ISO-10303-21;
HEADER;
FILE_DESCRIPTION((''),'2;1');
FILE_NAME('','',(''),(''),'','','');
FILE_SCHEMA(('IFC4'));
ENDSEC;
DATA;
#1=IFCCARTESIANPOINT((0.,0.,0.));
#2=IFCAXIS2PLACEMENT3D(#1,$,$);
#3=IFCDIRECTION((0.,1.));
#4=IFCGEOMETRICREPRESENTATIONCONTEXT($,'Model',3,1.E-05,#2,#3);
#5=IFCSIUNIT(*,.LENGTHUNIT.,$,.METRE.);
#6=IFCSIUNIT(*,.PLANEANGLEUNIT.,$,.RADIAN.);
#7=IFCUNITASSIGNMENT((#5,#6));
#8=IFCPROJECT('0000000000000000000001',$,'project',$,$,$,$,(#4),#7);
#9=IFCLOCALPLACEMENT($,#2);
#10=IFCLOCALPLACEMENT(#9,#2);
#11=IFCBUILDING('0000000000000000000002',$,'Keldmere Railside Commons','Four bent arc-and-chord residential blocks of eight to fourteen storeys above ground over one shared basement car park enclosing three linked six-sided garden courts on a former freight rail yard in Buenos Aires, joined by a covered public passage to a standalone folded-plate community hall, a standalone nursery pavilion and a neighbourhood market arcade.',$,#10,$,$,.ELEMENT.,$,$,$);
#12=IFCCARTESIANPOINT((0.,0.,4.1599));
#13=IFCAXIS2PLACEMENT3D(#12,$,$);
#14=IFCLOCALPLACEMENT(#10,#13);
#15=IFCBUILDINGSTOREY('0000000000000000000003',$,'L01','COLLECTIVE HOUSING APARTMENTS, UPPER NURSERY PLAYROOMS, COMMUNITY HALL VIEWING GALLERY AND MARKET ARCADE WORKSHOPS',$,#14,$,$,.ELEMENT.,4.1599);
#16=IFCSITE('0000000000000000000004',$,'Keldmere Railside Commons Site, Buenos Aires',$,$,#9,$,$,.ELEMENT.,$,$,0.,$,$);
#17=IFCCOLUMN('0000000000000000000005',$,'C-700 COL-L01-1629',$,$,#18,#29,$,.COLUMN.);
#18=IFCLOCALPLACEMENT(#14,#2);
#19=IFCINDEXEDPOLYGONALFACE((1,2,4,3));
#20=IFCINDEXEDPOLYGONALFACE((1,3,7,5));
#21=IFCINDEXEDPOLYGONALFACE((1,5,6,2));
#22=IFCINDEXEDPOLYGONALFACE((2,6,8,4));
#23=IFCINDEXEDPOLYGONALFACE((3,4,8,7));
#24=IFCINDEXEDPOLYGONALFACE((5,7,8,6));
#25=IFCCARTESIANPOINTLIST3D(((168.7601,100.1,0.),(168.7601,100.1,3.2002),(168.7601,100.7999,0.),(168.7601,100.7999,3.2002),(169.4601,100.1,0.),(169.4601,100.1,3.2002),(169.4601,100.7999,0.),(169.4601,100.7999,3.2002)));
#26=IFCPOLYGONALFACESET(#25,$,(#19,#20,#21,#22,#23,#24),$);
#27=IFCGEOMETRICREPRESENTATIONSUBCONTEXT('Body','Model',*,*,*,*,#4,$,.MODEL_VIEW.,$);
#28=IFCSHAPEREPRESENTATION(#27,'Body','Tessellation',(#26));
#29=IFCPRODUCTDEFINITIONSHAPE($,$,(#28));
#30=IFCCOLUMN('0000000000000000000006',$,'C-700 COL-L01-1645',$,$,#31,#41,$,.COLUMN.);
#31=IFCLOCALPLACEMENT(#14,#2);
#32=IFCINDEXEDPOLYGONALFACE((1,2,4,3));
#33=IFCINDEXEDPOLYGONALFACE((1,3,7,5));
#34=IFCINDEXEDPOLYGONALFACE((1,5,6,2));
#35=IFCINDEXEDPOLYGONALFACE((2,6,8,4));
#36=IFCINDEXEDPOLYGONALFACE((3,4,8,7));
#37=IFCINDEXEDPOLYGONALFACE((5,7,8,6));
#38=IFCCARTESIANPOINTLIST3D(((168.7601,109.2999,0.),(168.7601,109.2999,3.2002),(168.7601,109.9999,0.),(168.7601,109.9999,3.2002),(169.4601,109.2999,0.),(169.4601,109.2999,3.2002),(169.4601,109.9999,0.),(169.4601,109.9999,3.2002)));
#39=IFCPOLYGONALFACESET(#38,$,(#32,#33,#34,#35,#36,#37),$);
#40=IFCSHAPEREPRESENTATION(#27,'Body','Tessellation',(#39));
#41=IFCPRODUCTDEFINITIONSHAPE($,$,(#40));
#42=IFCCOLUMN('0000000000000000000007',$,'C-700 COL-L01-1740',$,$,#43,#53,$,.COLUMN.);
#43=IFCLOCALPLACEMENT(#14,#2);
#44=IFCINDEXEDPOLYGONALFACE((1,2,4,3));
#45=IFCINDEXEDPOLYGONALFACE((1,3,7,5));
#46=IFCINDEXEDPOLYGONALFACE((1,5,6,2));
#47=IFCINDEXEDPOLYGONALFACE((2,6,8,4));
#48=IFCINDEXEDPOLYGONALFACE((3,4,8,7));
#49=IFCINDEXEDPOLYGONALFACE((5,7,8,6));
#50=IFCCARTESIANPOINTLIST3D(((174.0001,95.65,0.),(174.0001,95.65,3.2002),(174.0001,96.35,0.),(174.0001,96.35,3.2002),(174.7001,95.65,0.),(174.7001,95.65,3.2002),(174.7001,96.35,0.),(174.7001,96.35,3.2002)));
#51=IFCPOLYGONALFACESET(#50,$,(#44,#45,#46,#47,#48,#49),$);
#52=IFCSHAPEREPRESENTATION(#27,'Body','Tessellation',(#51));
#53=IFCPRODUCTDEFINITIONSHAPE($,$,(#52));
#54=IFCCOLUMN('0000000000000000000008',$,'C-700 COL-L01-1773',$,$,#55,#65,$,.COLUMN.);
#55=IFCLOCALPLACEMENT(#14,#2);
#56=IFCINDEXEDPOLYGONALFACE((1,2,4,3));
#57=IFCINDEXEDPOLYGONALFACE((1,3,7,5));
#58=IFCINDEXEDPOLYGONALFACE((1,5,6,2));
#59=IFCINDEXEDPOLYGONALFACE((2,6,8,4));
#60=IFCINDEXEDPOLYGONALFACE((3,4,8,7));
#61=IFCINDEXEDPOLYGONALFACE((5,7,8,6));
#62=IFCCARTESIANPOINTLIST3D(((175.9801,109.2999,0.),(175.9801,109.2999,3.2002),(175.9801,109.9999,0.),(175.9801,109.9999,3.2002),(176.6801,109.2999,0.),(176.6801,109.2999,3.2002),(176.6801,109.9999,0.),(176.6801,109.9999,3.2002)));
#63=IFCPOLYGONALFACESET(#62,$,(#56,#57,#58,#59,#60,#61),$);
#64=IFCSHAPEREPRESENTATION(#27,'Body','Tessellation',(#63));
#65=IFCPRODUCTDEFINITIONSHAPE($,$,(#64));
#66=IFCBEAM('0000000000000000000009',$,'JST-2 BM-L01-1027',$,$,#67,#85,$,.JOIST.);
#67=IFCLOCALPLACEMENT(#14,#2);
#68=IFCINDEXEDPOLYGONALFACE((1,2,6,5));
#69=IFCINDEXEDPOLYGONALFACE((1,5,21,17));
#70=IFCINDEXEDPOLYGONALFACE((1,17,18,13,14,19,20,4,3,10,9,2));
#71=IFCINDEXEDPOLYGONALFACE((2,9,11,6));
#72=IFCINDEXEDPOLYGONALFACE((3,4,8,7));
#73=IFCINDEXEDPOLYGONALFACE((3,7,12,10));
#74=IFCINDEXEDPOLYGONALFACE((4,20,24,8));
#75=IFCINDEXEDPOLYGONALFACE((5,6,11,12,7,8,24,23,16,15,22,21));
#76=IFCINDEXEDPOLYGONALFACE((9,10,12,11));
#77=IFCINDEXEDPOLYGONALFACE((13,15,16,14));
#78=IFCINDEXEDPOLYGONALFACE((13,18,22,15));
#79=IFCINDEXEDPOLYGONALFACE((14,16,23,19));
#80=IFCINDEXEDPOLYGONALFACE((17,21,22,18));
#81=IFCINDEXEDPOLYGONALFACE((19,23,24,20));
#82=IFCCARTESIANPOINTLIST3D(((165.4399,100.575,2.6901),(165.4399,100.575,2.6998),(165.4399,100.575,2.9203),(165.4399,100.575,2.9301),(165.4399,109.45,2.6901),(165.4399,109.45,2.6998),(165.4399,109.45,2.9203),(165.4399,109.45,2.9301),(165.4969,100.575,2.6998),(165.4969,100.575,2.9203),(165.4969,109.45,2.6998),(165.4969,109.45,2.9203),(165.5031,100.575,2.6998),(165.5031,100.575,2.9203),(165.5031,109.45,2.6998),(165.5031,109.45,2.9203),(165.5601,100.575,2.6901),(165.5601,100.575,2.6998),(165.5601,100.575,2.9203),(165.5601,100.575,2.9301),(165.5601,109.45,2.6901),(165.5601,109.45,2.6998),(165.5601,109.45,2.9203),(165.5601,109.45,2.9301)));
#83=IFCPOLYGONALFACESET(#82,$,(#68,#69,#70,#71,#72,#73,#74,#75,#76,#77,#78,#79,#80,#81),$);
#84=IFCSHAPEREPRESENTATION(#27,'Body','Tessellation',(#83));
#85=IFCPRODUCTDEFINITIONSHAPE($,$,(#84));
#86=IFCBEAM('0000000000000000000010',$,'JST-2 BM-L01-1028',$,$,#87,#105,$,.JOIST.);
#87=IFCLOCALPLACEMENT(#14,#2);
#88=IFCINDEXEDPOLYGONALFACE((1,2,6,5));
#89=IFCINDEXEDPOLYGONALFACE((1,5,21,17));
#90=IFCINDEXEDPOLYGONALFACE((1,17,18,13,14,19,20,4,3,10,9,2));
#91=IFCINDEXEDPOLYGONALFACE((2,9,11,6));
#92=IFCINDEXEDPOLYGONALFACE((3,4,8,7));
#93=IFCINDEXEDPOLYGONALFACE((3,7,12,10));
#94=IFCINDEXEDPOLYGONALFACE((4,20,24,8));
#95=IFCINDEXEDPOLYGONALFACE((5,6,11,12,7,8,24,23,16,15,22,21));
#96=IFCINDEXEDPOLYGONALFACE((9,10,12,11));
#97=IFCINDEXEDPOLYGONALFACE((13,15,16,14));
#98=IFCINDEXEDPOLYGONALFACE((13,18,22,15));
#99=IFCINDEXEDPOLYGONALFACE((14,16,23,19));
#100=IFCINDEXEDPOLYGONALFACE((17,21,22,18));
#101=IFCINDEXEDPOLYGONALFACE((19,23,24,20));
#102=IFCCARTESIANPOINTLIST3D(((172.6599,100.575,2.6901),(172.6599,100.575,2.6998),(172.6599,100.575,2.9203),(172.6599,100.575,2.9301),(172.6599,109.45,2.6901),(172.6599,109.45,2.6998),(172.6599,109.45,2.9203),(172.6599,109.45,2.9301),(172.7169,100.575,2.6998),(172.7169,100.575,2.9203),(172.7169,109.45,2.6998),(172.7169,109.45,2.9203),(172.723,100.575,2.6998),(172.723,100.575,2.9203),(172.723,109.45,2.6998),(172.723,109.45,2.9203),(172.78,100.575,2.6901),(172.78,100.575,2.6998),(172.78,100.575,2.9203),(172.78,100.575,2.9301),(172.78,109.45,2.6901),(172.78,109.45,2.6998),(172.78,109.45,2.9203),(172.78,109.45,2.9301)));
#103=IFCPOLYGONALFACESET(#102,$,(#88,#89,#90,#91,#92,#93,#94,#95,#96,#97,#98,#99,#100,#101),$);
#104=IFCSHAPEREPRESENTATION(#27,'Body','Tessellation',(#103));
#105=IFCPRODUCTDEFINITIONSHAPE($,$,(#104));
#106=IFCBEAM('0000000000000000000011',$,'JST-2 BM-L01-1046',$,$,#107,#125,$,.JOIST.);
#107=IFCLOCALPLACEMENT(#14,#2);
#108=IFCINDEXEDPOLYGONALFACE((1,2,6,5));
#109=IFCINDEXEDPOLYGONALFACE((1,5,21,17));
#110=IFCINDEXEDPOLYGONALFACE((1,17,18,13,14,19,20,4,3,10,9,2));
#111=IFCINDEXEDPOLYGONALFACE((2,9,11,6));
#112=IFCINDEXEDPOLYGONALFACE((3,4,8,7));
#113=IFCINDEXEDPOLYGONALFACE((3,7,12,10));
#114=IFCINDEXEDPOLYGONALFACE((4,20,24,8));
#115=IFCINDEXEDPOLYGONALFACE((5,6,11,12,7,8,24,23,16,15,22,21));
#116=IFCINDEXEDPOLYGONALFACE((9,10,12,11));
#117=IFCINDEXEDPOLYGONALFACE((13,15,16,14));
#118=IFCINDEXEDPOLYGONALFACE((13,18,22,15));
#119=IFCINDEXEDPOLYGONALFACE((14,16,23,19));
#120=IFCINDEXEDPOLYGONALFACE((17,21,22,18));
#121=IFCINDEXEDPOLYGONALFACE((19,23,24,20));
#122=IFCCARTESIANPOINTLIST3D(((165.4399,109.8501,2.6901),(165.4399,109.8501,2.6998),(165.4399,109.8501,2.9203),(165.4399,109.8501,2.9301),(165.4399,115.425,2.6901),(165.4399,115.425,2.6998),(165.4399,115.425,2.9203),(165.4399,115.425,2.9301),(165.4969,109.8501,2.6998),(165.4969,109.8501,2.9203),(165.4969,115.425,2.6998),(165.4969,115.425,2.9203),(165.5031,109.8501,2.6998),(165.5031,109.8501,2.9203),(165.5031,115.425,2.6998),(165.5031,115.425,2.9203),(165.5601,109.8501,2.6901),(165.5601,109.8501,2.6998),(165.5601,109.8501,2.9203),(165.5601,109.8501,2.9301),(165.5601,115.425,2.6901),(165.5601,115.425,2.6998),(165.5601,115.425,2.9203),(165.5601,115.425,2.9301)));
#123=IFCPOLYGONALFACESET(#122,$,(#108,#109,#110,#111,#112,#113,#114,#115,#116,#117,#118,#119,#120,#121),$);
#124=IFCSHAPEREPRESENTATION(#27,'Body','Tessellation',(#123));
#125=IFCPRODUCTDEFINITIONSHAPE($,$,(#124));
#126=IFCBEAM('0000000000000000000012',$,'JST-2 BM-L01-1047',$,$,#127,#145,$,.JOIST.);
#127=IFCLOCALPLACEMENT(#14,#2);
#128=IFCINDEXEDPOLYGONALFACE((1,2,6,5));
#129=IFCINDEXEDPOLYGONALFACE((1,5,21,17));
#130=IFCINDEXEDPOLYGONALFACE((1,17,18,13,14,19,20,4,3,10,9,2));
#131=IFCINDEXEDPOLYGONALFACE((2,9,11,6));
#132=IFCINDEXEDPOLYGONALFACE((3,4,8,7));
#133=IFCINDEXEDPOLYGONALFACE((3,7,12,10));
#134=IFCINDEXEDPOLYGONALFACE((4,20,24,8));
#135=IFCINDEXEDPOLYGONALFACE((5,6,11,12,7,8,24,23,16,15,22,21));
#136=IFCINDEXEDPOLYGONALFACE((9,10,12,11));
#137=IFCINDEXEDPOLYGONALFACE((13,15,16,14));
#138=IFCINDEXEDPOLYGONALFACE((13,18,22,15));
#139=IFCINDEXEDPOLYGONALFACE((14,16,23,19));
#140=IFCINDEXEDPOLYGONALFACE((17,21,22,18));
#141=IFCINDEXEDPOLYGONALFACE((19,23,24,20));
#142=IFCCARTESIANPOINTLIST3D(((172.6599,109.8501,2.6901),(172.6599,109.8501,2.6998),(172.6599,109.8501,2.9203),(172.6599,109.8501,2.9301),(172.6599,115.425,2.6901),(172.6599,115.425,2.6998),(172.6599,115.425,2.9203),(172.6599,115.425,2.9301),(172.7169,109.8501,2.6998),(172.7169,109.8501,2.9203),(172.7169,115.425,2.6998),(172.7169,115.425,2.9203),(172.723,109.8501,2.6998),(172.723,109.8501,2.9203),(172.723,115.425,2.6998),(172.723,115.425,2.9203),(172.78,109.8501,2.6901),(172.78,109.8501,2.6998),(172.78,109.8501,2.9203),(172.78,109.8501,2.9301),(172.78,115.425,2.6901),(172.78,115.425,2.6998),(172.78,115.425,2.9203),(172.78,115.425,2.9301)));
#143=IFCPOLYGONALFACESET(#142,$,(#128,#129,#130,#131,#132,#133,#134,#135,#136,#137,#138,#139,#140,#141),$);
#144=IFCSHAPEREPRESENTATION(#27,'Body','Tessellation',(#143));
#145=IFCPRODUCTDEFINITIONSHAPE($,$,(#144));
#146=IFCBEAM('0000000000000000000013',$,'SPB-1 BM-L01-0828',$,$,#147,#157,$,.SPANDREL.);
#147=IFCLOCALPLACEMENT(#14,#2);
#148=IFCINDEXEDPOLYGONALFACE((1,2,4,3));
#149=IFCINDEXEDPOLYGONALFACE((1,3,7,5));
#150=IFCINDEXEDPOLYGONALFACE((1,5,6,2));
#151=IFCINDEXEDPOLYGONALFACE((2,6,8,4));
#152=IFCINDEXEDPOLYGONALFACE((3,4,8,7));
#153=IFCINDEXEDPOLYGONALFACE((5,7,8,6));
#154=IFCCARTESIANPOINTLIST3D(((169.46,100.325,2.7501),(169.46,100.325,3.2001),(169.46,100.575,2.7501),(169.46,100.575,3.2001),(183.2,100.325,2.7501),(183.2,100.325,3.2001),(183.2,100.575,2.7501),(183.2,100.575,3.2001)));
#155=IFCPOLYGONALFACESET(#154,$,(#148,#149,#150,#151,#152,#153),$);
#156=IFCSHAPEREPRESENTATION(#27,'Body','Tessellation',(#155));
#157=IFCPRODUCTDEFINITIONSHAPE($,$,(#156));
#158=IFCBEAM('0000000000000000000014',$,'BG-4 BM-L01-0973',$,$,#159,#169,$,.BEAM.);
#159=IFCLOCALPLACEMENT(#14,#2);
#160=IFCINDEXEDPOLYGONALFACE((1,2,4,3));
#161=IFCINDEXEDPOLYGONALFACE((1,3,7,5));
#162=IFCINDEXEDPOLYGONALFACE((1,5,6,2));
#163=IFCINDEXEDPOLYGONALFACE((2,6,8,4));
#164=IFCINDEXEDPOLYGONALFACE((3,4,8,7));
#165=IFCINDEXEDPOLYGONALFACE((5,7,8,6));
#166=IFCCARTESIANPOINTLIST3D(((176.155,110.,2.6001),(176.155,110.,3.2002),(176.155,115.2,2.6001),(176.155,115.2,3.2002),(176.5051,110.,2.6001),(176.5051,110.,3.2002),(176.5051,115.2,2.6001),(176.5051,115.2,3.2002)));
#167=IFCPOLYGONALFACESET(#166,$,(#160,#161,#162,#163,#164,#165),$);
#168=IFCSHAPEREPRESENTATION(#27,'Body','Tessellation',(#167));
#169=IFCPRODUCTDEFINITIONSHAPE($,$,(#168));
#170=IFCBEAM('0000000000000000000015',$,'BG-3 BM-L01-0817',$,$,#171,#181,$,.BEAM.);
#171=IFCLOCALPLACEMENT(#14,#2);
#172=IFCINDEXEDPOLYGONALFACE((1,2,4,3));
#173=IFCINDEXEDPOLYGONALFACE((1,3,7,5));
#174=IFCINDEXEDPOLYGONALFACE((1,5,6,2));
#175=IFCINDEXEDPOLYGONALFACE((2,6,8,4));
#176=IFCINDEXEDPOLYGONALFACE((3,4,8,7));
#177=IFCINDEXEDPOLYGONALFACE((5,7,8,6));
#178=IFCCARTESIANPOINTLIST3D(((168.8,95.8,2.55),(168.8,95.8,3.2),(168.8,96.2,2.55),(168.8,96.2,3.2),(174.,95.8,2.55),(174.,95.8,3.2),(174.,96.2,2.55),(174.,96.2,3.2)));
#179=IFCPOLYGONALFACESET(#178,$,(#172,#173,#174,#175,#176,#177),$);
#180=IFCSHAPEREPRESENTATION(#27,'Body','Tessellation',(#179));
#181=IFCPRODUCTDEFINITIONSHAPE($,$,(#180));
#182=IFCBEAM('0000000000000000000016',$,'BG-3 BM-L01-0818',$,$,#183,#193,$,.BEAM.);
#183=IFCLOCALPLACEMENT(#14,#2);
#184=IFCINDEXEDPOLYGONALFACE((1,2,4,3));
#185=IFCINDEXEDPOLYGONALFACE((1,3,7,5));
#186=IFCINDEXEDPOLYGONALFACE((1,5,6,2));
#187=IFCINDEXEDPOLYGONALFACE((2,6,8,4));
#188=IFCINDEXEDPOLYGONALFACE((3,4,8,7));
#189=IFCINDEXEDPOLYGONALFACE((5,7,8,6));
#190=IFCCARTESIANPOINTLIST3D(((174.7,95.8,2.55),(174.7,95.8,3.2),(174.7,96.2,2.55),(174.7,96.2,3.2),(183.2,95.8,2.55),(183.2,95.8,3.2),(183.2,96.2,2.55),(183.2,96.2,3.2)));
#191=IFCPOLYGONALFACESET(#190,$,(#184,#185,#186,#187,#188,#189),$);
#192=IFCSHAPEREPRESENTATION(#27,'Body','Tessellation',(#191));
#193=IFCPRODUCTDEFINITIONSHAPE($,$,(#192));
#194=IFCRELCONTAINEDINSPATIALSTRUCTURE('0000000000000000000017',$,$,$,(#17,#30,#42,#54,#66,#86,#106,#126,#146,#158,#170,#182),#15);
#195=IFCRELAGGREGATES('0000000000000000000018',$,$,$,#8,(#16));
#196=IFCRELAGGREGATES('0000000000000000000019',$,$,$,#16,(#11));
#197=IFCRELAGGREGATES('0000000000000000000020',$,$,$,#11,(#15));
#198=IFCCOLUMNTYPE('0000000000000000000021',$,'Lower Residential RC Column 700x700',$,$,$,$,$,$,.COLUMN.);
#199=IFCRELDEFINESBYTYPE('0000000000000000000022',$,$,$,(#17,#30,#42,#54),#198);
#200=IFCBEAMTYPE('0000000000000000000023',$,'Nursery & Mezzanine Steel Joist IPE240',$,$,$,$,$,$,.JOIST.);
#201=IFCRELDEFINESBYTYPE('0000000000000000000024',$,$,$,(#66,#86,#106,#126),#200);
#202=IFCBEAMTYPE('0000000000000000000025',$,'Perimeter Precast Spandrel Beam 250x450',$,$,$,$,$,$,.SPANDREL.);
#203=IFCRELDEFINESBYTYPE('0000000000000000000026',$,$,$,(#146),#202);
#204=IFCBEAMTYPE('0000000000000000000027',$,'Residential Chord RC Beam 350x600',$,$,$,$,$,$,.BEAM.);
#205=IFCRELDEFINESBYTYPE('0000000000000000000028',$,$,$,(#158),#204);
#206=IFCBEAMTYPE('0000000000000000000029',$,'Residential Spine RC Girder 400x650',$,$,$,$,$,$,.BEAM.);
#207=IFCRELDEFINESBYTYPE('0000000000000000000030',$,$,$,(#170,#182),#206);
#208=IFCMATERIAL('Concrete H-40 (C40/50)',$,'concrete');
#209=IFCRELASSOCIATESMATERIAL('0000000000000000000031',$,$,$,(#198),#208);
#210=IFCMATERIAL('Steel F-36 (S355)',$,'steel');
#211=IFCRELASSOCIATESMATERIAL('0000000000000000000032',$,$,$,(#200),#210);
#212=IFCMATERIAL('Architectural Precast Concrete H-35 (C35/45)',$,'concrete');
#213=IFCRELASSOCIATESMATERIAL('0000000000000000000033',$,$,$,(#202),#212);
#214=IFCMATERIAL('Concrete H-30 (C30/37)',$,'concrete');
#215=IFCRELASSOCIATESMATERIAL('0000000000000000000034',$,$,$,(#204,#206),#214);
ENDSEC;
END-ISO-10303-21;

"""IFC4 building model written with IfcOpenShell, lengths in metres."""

from ifc_helpers import new_model, si_unit, direction, frame, origin, origin_2d, place, context, subcontext, project, spatial, rectangle, i_section, extrude, material, material_profile, profile_set, type_object, element, save


model = new_model("IFC4")

# Units and contexts
model_context = context("Model", 3, precision=1e-05, world=origin(), true_north=direction((0.0, 1.0)))
body_context = subcontext(model_context, "Body", "Model", "MODEL_VIEW")
ifc_project = project(units=[si_unit("LENGTHUNIT", "METRE"), si_unit("PLANEANGLEUNIT", "RADIAN")], contexts=[model_context])

# Site, building, storey
site_placement = place(None, origin())
site = spatial("IfcSite", under=ifc_project, at=site_placement, Name="Keldmere Railside Commons Site, Buenos Aires", CompositionType="ELEMENT", RefElevation=0.0)
building_placement = place(site_placement, origin())
building = spatial("IfcBuilding", under=site, at=building_placement, Name="Keldmere Railside Commons", Description="Four bent arc-and-chord residential blocks of eight to fourteen storeys above ground over one shared basement car park enclosing three linked six-sided garden courts on a former freight rail yard in Buenos Aires, joined by a covered public passage to a standalone folded-plate community hall, a standalone nursery pavilion and a neighbourhood market arcade.", CompositionType="ELEMENT")
storey_placement = place(building_placement, frame((0.0, 0.0, 4.1599)))
storey = spatial("IfcBuildingStorey", under=building, at=storey_placement, Name="L01", Description="COLLECTIVE HOUSING APARTMENTS, UPPER NURSERY PLAYROOMS, COMMUNITY HALL VIEWING GALLERY AND MARKET ARCADE WORKSHOPS", CompositionType="ELEMENT", Elevation=4.1599)

# Columns
ifc_material_1 = material(Name="Concrete H-40 (C40/50)", Category="concrete")
ifc_material_profile_1 = material_profile(ifc_material_1, rectangle(XDim=0.7, YDim=0.7, at=origin_2d()), Name="RC-700x700")
ifc_profile_set_1 = profile_set([ifc_material_profile_1], Name="Concrete H-40 (C40/50)")
column_type = type_object("IfcColumnType", Name="Lower Residential RC Column 700x700", PredefinedType="COLUMN", material=ifc_profile_set_1)
for number, where, z_axis, x_axis, name in (
    (1, (169.1101, 100.45, 0.0), (0.0, 0.0, 1.0), (1.0, 0.0, 0.0), "C-700 COL-L01-1629"),
    (2, (169.1101, 109.6499, 0.0), (0.0, 0.0, 1.0), (1.0, 0.0, 0.0), "C-700 COL-L01-1645"),
    (3, (174.3501, 96.0, 0.0), (0.0, 0.0, 1.0), (1.0, 0.0, 0.0), "C-700 COL-L01-1740"),
    (4, (176.3301, 109.6499, 0.0), (0.0, 0.0, 1.0), (1.0, 0.0, 0.0), "C-700 COL-L01-1773"),
):
    element("IfcColumn", number, at=place(storey_placement, frame(where, z_axis=z_axis, x_axis=x_axis)), inside=storey, type_object=column_type, Name=name, PredefinedType="COLUMN", context=body_context, shape_type="SweptSolid", body=[
        extrude(rectangle(XDim=0.7, YDim=0.7, at=origin_2d()), origin(), (0.0, 0.0, 1.0), 3.2002),
    ])

# Beams
ifc_material_2 = material(Name="Steel F-36 (S355)", Category="steel")
ifc_material_profile_2 = material_profile(ifc_material_2, i_section(OverallWidth=0.1201, OverallDepth=0.24, WebThickness=0.0061, FlangeThickness=0.0098, at=origin_2d()), Name="IPE-240")
ifc_profile_set_2 = profile_set([ifc_material_profile_2], Name="Steel F-36 (S355)")
beam_type_1 = type_object("IfcBeamType", Name="Nursery & Mezzanine Steel Joist IPE240", PredefinedType="JOIST", material=ifc_profile_set_2)
for number, where, z_axis, x_axis, name in (
    (5, (165.5, 100.575, 2.8101), (0.0, 1.0, 0.0), (-1.0, 0.0, 0.0), "JST-2 BM-L01-1027"),
    (6, (172.72, 100.575, 2.8101), (0.0, 1.0, 0.0), (-1.0, 0.0, 0.0), "JST-2 BM-L01-1028"),
):
    element("IfcBeam", number, at=place(storey_placement, frame(where, z_axis=z_axis, x_axis=x_axis)), inside=storey, type_object=beam_type_1, Name=name, PredefinedType="JOIST", context=body_context, shape_type="SweptSolid", body=[
        extrude(i_section(OverallWidth=0.1201, OverallDepth=0.24, WebThickness=0.0061, FlangeThickness=0.0098, at=origin_2d()), origin(), (0.0, 0.0, 1.0), 8.875),
    ])
for number, where, z_axis, x_axis, name in (
    (7, (165.5, 109.8501, 2.8101), (0.0, 1.0, 0.0), (-1.0, 0.0, 0.0), "JST-2 BM-L01-1046"),
    (8, (172.72, 109.8501, 2.8101), (0.0, 1.0, 0.0), (-1.0, 0.0, 0.0), "JST-2 BM-L01-1047"),
):
    element("IfcBeam", number, at=place(storey_placement, frame(where, z_axis=z_axis, x_axis=x_axis)), inside=storey, type_object=beam_type_1, Name=name, PredefinedType="JOIST", context=body_context, shape_type="SweptSolid", body=[
        extrude(i_section(OverallWidth=0.1201, OverallDepth=0.24, WebThickness=0.0061, FlangeThickness=0.0098, at=origin_2d()), origin(), (0.0, 0.0, 1.0), 5.575),
    ])
ifc_material_3 = material(Name="Architectural Precast Concrete H-35 (C35/45)", Category="concrete")
ifc_material_profile_3 = material_profile(ifc_material_3, rectangle(XDim=0.25, YDim=0.45, at=origin_2d()), Name="RC-250x450")
ifc_profile_set_3 = profile_set([ifc_material_profile_3], Name="Architectural Precast Concrete H-35 (C35/45)")
beam_type_2 = type_object("IfcBeamType", Name="Perimeter Precast Spandrel Beam 250x450", PredefinedType="SPANDREL", material=ifc_profile_set_3)
beam_1_placement = place(storey_placement, frame((169.46, 100.45, 2.9751), z_axis=(1.0, 0.0, 0.0), x_axis=(0.0, 1.0, 0.0)))
element("IfcBeam", 9, at=beam_1_placement, inside=storey, type_object=beam_type_2, Name="SPB-1 BM-L01-0828", PredefinedType="SPANDREL", context=body_context, shape_type="SweptSolid", body=[
    extrude(rectangle(XDim=0.25, YDim=0.45, at=origin_2d()), origin(), (0.0, 0.0, 1.0), 13.74),
])
ifc_material_4 = material(Name="Concrete H-30 (C30/37)", Category="concrete")
ifc_material_profile_4 = material_profile(ifc_material_4, rectangle(XDim=0.3501, YDim=0.6001, at=origin_2d()), Name="RC-350x600")
ifc_profile_set_4 = profile_set([ifc_material_profile_4], Name="Concrete H-30 (C30/37)")
beam_type_3 = type_object("IfcBeamType", Name="Residential Chord RC Beam 350x600", PredefinedType="BEAM", material=ifc_profile_set_4)
beam_2_placement = place(storey_placement, frame((176.3301, 110.0, 2.9001), z_axis=(0.0, 1.0, 0.0), x_axis=(-1.0, 0.0, 0.0)))
element("IfcBeam", 10, at=beam_2_placement, inside=storey, type_object=beam_type_3, Name="BG-4 BM-L01-0973", PredefinedType="BEAM", context=body_context, shape_type="SweptSolid", body=[
    extrude(rectangle(XDim=0.3501, YDim=0.6001, at=origin_2d()), origin(), (0.0, 0.0, 1.0), 5.2),
])
ifc_material_profile_5 = material_profile(ifc_material_4, rectangle(XDim=0.3999, YDim=0.6499, at=origin_2d()), Name="RC-400x650")
ifc_profile_set_5 = profile_set([ifc_material_profile_5], Name="Concrete H-30 (C30/37)")
beam_type_4 = type_object("IfcBeamType", Name="Residential Spine RC Girder 400x650", PredefinedType="BEAM", material=ifc_profile_set_5)
beam_3_placement = place(storey_placement, frame((168.8, 96.0, 2.875), z_axis=(1.0, 0.0, 0.0), x_axis=(0.0, 1.0, 0.0)))
element("IfcBeam", 11, at=beam_3_placement, inside=storey, type_object=beam_type_4, Name="BG-3 BM-L01-0817", PredefinedType="BEAM", context=body_context, shape_type="SweptSolid", body=[
    extrude(rectangle(XDim=0.3999, YDim=0.6499, at=origin_2d()), origin(), (0.0, 0.0, 1.0), 5.2),
])
beam_4_placement = place(storey_placement, frame((174.7, 96.0, 2.875), z_axis=(1.0, 0.0, 0.0), x_axis=(0.0, 1.0, 0.0)))
element("IfcBeam", 12, at=beam_4_placement, inside=storey, type_object=beam_type_4, Name="BG-3 BM-L01-0818", PredefinedType="BEAM", context=body_context, shape_type="SweptSolid", body=[
    extrude(rectangle(XDim=0.3999, YDim=0.6499, at=origin_2d()), origin(), (0.0, 0.0, 1.0), 8.5),
])

save(model, "model.ifc")
